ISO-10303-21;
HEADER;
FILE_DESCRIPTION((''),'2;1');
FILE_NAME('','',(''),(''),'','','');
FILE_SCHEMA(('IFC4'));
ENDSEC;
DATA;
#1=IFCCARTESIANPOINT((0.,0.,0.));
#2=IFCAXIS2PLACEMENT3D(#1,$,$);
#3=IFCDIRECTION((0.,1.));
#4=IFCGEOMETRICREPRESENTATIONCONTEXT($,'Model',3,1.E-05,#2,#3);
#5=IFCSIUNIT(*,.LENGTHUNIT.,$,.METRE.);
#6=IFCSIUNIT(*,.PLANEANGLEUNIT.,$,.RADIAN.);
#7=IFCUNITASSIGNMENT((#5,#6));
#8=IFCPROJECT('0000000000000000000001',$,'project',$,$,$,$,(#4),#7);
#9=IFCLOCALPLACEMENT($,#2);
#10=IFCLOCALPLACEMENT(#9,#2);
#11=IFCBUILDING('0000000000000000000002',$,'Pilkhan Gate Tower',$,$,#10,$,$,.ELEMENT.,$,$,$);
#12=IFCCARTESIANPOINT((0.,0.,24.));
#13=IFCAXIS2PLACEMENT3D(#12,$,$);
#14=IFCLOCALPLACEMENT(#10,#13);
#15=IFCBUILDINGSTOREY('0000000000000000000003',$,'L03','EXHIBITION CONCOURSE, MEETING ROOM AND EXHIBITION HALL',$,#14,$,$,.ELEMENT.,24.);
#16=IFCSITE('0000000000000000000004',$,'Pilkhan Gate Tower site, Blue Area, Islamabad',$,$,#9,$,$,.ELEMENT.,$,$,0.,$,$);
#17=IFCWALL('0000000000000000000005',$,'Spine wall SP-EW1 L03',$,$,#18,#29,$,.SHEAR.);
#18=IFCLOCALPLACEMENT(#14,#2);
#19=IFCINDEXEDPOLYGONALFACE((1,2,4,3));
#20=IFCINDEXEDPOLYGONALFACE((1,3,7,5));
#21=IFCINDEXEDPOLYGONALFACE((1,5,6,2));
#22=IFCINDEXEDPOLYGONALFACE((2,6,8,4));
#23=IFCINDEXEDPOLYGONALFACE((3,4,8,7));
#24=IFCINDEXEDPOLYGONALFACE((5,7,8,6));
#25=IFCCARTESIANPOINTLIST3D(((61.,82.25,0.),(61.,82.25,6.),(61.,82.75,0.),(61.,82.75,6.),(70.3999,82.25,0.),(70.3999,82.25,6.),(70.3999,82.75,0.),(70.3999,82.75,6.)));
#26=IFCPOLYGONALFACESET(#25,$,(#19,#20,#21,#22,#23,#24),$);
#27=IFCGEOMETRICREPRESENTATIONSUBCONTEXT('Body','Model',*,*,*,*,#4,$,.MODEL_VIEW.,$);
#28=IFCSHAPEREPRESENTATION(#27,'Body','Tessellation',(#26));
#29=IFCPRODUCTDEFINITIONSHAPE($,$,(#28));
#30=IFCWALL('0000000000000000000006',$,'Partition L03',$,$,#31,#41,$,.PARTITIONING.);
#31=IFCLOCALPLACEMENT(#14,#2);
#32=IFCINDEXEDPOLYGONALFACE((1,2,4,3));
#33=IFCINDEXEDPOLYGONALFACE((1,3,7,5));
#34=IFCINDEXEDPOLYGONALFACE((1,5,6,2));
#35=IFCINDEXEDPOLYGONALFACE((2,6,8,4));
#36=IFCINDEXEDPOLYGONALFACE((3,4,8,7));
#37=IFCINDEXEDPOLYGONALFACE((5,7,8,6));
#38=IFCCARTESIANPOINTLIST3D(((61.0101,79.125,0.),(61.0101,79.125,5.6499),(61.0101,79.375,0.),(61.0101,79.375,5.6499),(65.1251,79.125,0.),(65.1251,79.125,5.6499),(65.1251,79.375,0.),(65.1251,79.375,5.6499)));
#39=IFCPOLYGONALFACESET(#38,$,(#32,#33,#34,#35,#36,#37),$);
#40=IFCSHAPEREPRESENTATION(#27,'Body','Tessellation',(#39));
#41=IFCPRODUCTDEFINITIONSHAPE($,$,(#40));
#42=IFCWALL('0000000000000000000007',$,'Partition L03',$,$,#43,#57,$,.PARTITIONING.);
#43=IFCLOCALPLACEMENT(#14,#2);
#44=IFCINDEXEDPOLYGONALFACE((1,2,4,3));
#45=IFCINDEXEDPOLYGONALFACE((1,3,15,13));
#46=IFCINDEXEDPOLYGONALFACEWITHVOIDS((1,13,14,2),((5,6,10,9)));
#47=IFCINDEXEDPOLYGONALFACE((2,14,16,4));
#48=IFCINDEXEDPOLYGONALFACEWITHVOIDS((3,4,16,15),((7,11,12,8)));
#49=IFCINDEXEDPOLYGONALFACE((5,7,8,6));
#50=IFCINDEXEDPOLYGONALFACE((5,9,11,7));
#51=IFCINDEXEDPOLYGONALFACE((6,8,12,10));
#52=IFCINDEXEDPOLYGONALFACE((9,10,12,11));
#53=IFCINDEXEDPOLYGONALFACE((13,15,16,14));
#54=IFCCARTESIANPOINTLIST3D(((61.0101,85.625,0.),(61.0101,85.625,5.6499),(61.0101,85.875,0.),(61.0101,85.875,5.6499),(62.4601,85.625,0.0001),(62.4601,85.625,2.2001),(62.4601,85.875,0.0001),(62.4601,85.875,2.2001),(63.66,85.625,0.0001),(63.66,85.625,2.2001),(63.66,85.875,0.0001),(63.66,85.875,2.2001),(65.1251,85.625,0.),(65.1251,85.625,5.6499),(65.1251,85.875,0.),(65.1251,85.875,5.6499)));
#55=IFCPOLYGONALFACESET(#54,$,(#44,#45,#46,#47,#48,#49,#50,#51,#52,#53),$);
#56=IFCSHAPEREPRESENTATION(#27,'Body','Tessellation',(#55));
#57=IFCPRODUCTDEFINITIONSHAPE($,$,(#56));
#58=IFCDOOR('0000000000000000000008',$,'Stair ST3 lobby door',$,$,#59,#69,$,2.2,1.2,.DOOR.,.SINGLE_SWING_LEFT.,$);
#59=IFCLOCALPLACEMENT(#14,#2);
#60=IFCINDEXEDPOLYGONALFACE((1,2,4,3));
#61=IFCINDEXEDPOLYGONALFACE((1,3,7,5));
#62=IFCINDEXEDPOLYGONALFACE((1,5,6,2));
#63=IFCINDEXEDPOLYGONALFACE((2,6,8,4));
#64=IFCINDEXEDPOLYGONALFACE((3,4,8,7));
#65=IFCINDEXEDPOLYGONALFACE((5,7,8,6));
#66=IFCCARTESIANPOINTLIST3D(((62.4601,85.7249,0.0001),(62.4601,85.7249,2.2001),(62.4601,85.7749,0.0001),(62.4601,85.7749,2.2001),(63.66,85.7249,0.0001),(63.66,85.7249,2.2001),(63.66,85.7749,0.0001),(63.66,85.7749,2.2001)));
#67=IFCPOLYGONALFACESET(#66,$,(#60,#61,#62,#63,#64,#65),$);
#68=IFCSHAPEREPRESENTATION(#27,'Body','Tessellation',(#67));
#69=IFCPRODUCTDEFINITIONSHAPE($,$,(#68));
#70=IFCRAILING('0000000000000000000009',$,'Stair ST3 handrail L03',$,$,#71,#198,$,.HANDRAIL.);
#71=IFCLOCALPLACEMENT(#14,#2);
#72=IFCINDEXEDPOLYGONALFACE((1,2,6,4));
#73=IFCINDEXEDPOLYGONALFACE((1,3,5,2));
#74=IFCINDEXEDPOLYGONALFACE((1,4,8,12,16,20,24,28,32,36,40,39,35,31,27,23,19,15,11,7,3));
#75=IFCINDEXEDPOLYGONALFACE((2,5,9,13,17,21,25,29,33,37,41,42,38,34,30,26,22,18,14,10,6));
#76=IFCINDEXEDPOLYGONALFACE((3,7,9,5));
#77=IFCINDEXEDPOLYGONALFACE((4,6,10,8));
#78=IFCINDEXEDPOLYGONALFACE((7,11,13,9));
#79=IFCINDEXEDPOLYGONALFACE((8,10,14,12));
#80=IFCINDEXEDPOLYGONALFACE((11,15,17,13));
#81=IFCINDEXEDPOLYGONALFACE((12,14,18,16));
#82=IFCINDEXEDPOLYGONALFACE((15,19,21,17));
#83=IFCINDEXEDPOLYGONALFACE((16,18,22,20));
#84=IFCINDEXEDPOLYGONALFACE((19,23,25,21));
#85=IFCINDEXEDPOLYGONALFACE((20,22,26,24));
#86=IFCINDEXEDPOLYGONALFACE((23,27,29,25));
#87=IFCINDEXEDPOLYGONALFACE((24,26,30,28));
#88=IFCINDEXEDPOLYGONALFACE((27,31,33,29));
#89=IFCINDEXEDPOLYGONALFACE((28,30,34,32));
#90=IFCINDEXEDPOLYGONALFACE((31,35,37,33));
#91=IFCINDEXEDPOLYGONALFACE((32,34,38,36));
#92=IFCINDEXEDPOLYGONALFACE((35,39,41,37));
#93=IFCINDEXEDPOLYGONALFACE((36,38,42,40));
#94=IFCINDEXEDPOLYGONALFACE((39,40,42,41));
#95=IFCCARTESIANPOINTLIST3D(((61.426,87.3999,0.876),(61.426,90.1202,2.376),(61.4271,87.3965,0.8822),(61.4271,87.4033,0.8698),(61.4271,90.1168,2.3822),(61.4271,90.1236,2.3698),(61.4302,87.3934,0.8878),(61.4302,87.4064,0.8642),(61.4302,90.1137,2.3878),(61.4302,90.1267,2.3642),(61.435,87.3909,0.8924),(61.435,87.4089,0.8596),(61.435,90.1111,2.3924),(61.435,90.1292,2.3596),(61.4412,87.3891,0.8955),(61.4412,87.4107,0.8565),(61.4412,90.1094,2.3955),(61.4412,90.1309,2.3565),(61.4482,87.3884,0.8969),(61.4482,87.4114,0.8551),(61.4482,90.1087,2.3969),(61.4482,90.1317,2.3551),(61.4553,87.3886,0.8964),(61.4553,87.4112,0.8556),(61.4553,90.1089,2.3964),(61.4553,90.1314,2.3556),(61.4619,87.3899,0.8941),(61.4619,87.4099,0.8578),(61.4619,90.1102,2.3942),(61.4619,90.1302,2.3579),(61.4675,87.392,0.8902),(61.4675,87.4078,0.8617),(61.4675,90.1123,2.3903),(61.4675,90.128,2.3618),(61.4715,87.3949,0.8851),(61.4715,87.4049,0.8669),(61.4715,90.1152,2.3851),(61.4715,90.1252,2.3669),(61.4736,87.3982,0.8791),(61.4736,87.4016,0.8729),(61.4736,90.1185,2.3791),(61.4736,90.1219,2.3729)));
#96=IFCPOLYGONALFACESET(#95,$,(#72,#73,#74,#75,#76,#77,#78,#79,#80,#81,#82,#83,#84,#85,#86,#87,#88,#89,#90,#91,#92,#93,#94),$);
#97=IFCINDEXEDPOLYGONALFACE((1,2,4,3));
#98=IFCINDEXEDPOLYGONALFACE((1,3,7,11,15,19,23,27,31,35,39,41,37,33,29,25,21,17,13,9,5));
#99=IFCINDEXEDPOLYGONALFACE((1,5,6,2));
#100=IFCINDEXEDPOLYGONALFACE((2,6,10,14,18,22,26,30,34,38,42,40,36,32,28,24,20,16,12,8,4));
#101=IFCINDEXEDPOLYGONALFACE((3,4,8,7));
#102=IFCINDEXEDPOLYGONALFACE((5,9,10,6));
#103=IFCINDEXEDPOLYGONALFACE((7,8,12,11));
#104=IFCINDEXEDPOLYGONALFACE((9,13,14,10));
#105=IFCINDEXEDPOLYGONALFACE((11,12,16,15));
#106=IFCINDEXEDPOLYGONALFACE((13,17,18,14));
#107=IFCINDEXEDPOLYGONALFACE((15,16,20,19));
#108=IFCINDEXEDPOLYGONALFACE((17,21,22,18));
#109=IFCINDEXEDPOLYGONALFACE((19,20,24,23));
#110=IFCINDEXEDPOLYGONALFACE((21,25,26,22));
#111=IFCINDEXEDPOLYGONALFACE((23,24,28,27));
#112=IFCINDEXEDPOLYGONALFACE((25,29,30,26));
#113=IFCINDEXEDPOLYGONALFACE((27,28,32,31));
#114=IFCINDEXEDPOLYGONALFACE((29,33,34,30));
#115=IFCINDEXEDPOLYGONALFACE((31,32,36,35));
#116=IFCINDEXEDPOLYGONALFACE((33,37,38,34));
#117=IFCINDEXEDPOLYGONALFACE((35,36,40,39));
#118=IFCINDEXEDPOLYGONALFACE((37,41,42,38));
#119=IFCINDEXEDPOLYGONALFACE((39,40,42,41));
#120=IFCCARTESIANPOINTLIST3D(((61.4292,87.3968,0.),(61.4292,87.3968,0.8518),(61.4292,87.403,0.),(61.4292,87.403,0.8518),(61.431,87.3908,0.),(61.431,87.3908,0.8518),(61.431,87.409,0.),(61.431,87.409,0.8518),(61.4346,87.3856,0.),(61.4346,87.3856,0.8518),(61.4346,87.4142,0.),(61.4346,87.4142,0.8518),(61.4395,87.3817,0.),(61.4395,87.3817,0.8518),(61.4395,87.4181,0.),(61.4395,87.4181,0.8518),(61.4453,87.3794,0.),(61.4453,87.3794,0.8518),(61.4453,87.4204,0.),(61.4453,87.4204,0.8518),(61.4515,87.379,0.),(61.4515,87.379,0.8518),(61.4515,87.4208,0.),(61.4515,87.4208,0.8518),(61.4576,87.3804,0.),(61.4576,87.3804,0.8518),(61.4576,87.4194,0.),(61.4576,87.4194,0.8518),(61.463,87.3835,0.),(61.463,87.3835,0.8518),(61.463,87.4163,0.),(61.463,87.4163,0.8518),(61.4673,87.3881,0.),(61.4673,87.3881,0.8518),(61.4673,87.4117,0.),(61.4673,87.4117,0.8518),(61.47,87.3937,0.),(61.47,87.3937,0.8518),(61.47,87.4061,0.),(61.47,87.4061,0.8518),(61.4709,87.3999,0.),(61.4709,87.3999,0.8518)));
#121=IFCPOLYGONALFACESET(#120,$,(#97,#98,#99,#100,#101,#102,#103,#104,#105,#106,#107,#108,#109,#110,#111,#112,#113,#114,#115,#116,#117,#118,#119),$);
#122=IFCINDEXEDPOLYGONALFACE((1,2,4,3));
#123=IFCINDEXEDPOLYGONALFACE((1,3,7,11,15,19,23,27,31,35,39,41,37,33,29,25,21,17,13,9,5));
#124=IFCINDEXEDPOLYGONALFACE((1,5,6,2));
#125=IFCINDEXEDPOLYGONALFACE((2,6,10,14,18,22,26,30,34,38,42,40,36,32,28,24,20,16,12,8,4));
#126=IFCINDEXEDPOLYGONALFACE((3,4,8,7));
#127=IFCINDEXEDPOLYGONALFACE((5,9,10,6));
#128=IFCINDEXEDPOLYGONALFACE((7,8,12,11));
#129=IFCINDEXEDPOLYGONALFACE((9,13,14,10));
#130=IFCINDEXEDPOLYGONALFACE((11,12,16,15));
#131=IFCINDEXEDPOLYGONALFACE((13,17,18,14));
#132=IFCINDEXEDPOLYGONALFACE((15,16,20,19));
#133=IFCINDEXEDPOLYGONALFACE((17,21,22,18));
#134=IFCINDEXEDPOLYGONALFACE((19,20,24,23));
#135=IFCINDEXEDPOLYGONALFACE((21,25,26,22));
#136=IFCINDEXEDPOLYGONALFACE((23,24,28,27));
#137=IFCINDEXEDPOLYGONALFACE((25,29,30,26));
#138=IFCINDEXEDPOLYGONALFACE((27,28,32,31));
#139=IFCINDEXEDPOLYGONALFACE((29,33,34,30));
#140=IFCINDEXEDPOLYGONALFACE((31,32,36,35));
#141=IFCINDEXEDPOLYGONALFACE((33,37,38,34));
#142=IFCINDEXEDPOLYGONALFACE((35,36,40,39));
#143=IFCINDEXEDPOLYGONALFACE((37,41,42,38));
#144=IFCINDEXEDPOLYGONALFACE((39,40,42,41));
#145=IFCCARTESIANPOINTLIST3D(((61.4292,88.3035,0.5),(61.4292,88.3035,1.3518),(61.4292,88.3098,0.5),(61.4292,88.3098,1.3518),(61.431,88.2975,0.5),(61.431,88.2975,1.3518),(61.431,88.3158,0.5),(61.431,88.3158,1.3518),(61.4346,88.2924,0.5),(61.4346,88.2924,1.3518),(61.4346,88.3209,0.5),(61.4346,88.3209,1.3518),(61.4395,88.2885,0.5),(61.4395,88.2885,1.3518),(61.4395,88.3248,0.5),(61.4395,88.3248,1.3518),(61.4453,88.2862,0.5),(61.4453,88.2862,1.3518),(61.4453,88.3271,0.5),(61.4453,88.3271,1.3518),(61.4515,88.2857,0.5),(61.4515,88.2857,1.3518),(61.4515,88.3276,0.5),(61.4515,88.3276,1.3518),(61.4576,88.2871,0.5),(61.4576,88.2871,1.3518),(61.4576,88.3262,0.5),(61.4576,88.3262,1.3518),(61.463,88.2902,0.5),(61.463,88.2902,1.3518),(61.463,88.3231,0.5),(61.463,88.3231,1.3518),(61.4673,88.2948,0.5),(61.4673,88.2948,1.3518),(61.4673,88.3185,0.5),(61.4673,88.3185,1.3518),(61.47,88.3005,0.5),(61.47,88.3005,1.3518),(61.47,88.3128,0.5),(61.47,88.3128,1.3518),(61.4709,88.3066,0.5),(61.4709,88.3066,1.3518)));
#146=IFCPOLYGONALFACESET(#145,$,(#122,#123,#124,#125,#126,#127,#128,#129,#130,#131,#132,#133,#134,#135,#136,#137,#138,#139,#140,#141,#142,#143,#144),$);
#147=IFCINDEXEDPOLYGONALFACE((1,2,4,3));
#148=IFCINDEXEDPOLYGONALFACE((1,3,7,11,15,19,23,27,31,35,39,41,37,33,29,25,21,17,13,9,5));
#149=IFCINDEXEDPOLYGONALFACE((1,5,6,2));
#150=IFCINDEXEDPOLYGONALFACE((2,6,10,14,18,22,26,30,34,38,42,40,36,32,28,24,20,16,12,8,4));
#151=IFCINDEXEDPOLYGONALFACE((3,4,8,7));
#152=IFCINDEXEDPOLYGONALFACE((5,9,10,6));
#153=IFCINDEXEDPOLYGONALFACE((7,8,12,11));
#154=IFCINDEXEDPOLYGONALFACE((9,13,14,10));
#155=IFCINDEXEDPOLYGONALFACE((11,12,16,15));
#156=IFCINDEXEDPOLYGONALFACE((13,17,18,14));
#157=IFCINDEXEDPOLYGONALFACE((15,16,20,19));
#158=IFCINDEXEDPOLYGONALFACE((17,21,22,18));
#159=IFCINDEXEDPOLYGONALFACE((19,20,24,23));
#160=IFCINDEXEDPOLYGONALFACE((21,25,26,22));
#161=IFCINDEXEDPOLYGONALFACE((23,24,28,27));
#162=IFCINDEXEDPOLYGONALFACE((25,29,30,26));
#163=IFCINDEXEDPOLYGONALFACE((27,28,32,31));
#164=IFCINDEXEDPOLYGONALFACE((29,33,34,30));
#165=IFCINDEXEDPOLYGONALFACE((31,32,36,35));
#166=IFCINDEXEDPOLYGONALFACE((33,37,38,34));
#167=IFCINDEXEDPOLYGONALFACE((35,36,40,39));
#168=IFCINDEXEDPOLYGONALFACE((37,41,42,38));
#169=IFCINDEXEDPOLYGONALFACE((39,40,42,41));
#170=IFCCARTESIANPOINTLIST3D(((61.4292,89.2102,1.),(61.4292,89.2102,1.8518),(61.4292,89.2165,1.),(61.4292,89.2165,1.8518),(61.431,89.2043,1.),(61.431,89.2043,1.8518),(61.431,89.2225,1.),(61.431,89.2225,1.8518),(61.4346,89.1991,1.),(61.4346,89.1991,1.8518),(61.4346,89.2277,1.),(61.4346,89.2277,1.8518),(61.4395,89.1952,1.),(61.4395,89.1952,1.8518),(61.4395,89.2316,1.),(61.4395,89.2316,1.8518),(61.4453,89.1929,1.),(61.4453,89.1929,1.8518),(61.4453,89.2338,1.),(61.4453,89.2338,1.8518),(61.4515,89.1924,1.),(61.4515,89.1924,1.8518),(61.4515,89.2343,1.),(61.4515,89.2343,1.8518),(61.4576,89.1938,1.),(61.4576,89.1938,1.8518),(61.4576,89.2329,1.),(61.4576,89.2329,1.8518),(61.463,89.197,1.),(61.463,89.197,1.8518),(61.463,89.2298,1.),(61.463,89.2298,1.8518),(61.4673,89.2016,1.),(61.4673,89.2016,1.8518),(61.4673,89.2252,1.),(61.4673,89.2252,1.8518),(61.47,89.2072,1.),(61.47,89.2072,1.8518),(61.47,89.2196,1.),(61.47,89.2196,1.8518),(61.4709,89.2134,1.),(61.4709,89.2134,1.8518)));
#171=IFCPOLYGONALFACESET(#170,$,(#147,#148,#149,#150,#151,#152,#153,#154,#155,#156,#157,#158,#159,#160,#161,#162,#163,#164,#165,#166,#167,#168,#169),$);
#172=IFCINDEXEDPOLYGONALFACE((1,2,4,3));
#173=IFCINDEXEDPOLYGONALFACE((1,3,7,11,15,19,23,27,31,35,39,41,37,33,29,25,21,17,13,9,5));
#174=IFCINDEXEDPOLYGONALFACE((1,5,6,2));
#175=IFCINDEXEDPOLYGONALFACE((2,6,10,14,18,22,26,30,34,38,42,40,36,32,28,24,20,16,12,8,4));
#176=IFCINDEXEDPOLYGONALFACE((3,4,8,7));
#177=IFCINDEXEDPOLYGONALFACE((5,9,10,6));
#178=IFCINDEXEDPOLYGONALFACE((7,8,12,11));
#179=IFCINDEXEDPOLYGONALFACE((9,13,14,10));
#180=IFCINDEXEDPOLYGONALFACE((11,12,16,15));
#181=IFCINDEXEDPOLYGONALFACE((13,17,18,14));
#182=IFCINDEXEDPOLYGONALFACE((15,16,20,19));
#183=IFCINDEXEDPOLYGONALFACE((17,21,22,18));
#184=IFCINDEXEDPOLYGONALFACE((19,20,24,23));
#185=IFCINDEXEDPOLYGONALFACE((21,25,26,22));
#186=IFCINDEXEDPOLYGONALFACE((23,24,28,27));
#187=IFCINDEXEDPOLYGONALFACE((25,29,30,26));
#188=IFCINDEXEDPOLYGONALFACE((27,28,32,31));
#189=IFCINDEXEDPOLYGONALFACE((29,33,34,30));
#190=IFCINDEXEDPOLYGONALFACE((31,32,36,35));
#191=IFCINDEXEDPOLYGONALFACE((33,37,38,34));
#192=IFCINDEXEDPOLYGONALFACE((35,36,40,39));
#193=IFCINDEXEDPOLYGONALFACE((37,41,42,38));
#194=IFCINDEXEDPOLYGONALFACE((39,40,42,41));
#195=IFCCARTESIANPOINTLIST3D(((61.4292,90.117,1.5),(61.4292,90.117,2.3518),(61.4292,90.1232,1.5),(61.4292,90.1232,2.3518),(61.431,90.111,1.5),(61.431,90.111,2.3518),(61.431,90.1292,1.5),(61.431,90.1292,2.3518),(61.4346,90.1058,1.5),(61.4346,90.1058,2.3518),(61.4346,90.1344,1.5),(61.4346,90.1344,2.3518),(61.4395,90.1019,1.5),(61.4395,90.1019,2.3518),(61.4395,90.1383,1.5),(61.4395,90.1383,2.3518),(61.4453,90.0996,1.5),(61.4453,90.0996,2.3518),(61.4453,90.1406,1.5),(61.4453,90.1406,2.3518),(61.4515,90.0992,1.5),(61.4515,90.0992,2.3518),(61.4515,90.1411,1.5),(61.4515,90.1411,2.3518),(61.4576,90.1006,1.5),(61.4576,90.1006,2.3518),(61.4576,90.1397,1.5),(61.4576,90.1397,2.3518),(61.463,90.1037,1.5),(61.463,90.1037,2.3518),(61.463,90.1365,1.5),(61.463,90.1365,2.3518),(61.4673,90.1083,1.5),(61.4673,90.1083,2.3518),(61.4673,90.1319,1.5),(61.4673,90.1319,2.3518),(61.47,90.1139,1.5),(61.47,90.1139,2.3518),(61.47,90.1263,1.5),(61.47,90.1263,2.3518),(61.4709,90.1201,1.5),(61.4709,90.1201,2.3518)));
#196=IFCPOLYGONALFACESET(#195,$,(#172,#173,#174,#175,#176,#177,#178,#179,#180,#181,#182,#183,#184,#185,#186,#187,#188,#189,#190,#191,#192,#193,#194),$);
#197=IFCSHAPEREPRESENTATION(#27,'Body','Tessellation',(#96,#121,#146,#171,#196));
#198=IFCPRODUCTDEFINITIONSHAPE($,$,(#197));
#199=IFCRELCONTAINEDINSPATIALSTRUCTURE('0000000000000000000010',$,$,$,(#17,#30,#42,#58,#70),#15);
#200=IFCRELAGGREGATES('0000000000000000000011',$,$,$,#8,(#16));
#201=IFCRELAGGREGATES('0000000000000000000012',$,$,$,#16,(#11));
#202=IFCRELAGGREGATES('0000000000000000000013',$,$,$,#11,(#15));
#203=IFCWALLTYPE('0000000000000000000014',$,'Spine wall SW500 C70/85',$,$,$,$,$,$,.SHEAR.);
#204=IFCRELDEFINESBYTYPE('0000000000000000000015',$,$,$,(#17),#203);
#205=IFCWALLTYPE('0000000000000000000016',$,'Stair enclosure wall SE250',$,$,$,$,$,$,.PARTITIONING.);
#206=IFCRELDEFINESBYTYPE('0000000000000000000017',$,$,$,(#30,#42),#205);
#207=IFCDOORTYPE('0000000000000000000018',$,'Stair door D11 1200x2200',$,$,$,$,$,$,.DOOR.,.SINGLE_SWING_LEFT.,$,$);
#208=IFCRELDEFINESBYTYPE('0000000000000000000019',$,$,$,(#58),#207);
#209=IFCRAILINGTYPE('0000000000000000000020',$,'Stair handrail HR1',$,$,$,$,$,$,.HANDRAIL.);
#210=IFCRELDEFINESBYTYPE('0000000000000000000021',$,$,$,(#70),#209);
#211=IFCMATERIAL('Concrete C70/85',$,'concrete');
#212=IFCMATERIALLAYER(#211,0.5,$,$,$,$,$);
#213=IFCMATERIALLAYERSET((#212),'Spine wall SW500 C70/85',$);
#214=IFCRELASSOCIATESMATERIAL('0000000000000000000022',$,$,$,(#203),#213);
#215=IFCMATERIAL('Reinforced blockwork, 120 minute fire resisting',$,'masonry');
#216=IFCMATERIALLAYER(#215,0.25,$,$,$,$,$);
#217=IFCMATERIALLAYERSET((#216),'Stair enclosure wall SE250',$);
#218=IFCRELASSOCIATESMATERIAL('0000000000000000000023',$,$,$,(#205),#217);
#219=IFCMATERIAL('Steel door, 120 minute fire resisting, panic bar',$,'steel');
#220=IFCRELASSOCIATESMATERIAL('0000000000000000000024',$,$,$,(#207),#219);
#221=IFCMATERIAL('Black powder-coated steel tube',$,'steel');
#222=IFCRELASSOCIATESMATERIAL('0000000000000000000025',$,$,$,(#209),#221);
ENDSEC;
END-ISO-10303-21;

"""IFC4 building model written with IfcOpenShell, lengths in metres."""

from ifc_helpers import new_model, si_unit, direction, frame, frame_2d, origin, origin_2d, place, context, subcontext, project, spatial, rectangle, circle, extrude, material, layer, layer_set, type_object, element, fill, save


model = new_model("IFC4")

# Units and contexts
model_context = context("Model", 3, precision=1e-05, world=origin(), true_north=direction((0.0, 1.0)))
body_context = subcontext(model_context, "Body", "Model", "MODEL_VIEW")
ifc_project = project(units=[si_unit("LENGTHUNIT", "METRE"), si_unit("PLANEANGLEUNIT", "RADIAN")], contexts=[model_context])

# Site, building, storey
site_placement = place(None, origin())
site = spatial("IfcSite", under=ifc_project, at=site_placement, Name="Pilkhan Gate Tower site, Blue Area, Islamabad", CompositionType="ELEMENT", RefElevation=0.0)
building_placement = place(site_placement, origin())
building = spatial("IfcBuilding", under=site, at=building_placement, Name="Pilkhan Gate Tower", CompositionType="ELEMENT")
storey_placement = place(building_placement, frame((0.0, 0.0, 24.0)))
storey = spatial("IfcBuildingStorey", under=building, at=storey_placement, Name="L03", Description="EXHIBITION CONCOURSE, MEETING ROOM AND EXHIBITION HALL", CompositionType="ELEMENT", Elevation=24.0)

# Walls
ifc_material_1 = material(Name="Concrete C70/85", Category="concrete")
ifc_layer_1 = layer(ifc_material_1, 0.5)
ifc_layer_set_1 = layer_set([ifc_layer_1], Name="Spine wall SW500 C70/85")
wall_type_1 = type_object("IfcWallType", Name="Spine wall SW500 C70/85", PredefinedType="SHEAR", material=ifc_layer_set_1)
wall_1_placement = place(storey_placement, frame((61.0, 82.5, 0.0), z_axis=(0.0, 0.0, 1.0), x_axis=(1.0, 0.0, 0.0)))
element("IfcWall", 1, at=wall_1_placement, inside=storey, type_object=wall_type_1, Name="Spine wall SP-EW1 L03", PredefinedType="SHEAR", context=body_context, shape_type="SweptSolid", body=[
    extrude(rectangle(XDim=9.3999, YDim=0.5, at=frame_2d((4.7, 0.0))), origin(), (0.0, 0.0, 1.0), 6.0),
])
ifc_material_2 = material(Name="Reinforced blockwork, 120 minute fire resisting", Category="masonry")
ifc_layer_2 = layer(ifc_material_2, 0.25)
ifc_layer_set_2 = layer_set([ifc_layer_2], Name="Stair enclosure wall SE250")
wall_type_2 = type_object("IfcWallType", Name="Stair enclosure wall SE250", PredefinedType="PARTITIONING", material=ifc_layer_set_2)
wall_2_placement = place(storey_placement, frame((61.01, 79.25, 0.0), z_axis=(0.0, 0.0, 1.0), x_axis=(1.0, 0.0, 0.0)))
element("IfcWall", 2, at=wall_2_placement, inside=storey, type_object=wall_type_2, Name="Partition L03", PredefinedType="PARTITIONING", context=body_context, shape_type="SweptSolid", body=[
    extrude(rectangle(XDim=4.115, YDim=0.25, at=frame_2d((2.0576, 0.0))), origin(), (0.0, 0.0, 1.0), 5.6499),
])

# Wall, opening, door
wall_3_placement = place(storey_placement, frame((61.01, 85.75, 0.0), z_axis=(0.0, 0.0, 1.0), x_axis=(1.0, 0.0, 0.0)))
wall_3 = element("IfcWall", 3, at=wall_3_placement, inside=storey, type_object=wall_type_2, Name="Partition L03", PredefinedType="PARTITIONING", context=body_context, shape_type="SweptSolid", body=[
    extrude(rectangle(XDim=4.115, YDim=0.25, at=frame_2d((2.0576, 0.0))), origin(), (0.0, 0.0, 1.0), 5.6499),
])
opening_1_placement = place(wall_3_placement, frame((1.45, 0.0, 0.0)))
opening_1 = element("IfcOpeningElement", 4, at=opening_1_placement, cuts=wall_3, PredefinedType="OPENING", context=body_context, shape_type="SweptSolid", body=[
    extrude(rectangle(XDim=1.2, YDim=2.2, at=frame_2d((0.6001, 1.1001))), frame((0.0, 0.135, 0.0), z_axis=(0.0, -1.0, 0.0), x_axis=(1.0, 0.0, 0.0)), (0.0, 0.0, 1.0), 0.27),
])
ifc_material_3 = material(Name="Steel door, 120 minute fire resisting, panic bar", Category="steel")
door_type_1 = type_object("IfcDoorType", Name="Stair door D11 1200x2200", OperationType="SINGLE_SWING_LEFT", PredefinedType="DOOR", material=ifc_material_3)
door_1_placement = place(opening_1_placement, origin())
door_1 = element("IfcDoor", 5, at=door_1_placement, inside=storey, type_object=door_type_1, Name="Stair ST3 lobby door", OperationType="SINGLE_SWING_LEFT", OverallHeight=2.2, OverallWidth=1.2, PredefinedType="DOOR", context=body_context, shape_type="SweptSolid", body=[
    extrude(rectangle(XDim=1.2, YDim=2.2, at=frame_2d((0.6001, 1.1001))), frame((0.0, 0.0249, 0.0), z_axis=(0.0, -1.0, 0.0), x_axis=(1.0, 0.0, 0.0)), (0.0, 0.0, 1.0), 0.05),
])
fill(opening_1, door_1)

# Railing
ifc_material_4 = material(Name="Black powder-coated steel tube", Category="steel")
railing_type_1 = type_object("IfcRailingType", Name="Stair handrail HR1", PredefinedType="HANDRAIL", material=ifc_material_4)
for number, where, name in (
    (6, (61.45, 87.3999, 0.0), "Stair ST3 handrail L03"),
):
    element("IfcRailing", number, at=place(storey_placement, frame(where)), inside=storey, type_object=railing_type_1, Name=name, PredefinedType="HANDRAIL", context=body_context, shape_type="SweptSolid", body=[
        extrude(circle(Radius=0.0239, at=origin_2d()), frame((0.0, 0.0, 0.876), z_axis=(0.0, 0.875688, 0.482878), x_axis=(-1.0, 0.0, 0.0)), (0.0, 0.0, 1.0), 3.1064),
        extrude(circle(Radius=0.021, at=origin_2d()), origin(), (0.0, 0.0, 1.0), 0.8518),
        extrude(circle(Radius=0.021, at=origin_2d()), frame((0.0, 0.9067, 0.5)), (0.0, 0.0, 1.0), 0.8518),
        extrude(circle(Radius=0.021, at=origin_2d()), frame((0.0, 1.8135, 1.0)), (0.0, 0.0, 1.0), 0.8518),
        extrude(circle(Radius=0.021, at=origin_2d()), frame((0.0, 2.7202, 1.5)), (0.0, 0.0, 1.0), 0.8518),
    ])

save(model, "model.ifc")
